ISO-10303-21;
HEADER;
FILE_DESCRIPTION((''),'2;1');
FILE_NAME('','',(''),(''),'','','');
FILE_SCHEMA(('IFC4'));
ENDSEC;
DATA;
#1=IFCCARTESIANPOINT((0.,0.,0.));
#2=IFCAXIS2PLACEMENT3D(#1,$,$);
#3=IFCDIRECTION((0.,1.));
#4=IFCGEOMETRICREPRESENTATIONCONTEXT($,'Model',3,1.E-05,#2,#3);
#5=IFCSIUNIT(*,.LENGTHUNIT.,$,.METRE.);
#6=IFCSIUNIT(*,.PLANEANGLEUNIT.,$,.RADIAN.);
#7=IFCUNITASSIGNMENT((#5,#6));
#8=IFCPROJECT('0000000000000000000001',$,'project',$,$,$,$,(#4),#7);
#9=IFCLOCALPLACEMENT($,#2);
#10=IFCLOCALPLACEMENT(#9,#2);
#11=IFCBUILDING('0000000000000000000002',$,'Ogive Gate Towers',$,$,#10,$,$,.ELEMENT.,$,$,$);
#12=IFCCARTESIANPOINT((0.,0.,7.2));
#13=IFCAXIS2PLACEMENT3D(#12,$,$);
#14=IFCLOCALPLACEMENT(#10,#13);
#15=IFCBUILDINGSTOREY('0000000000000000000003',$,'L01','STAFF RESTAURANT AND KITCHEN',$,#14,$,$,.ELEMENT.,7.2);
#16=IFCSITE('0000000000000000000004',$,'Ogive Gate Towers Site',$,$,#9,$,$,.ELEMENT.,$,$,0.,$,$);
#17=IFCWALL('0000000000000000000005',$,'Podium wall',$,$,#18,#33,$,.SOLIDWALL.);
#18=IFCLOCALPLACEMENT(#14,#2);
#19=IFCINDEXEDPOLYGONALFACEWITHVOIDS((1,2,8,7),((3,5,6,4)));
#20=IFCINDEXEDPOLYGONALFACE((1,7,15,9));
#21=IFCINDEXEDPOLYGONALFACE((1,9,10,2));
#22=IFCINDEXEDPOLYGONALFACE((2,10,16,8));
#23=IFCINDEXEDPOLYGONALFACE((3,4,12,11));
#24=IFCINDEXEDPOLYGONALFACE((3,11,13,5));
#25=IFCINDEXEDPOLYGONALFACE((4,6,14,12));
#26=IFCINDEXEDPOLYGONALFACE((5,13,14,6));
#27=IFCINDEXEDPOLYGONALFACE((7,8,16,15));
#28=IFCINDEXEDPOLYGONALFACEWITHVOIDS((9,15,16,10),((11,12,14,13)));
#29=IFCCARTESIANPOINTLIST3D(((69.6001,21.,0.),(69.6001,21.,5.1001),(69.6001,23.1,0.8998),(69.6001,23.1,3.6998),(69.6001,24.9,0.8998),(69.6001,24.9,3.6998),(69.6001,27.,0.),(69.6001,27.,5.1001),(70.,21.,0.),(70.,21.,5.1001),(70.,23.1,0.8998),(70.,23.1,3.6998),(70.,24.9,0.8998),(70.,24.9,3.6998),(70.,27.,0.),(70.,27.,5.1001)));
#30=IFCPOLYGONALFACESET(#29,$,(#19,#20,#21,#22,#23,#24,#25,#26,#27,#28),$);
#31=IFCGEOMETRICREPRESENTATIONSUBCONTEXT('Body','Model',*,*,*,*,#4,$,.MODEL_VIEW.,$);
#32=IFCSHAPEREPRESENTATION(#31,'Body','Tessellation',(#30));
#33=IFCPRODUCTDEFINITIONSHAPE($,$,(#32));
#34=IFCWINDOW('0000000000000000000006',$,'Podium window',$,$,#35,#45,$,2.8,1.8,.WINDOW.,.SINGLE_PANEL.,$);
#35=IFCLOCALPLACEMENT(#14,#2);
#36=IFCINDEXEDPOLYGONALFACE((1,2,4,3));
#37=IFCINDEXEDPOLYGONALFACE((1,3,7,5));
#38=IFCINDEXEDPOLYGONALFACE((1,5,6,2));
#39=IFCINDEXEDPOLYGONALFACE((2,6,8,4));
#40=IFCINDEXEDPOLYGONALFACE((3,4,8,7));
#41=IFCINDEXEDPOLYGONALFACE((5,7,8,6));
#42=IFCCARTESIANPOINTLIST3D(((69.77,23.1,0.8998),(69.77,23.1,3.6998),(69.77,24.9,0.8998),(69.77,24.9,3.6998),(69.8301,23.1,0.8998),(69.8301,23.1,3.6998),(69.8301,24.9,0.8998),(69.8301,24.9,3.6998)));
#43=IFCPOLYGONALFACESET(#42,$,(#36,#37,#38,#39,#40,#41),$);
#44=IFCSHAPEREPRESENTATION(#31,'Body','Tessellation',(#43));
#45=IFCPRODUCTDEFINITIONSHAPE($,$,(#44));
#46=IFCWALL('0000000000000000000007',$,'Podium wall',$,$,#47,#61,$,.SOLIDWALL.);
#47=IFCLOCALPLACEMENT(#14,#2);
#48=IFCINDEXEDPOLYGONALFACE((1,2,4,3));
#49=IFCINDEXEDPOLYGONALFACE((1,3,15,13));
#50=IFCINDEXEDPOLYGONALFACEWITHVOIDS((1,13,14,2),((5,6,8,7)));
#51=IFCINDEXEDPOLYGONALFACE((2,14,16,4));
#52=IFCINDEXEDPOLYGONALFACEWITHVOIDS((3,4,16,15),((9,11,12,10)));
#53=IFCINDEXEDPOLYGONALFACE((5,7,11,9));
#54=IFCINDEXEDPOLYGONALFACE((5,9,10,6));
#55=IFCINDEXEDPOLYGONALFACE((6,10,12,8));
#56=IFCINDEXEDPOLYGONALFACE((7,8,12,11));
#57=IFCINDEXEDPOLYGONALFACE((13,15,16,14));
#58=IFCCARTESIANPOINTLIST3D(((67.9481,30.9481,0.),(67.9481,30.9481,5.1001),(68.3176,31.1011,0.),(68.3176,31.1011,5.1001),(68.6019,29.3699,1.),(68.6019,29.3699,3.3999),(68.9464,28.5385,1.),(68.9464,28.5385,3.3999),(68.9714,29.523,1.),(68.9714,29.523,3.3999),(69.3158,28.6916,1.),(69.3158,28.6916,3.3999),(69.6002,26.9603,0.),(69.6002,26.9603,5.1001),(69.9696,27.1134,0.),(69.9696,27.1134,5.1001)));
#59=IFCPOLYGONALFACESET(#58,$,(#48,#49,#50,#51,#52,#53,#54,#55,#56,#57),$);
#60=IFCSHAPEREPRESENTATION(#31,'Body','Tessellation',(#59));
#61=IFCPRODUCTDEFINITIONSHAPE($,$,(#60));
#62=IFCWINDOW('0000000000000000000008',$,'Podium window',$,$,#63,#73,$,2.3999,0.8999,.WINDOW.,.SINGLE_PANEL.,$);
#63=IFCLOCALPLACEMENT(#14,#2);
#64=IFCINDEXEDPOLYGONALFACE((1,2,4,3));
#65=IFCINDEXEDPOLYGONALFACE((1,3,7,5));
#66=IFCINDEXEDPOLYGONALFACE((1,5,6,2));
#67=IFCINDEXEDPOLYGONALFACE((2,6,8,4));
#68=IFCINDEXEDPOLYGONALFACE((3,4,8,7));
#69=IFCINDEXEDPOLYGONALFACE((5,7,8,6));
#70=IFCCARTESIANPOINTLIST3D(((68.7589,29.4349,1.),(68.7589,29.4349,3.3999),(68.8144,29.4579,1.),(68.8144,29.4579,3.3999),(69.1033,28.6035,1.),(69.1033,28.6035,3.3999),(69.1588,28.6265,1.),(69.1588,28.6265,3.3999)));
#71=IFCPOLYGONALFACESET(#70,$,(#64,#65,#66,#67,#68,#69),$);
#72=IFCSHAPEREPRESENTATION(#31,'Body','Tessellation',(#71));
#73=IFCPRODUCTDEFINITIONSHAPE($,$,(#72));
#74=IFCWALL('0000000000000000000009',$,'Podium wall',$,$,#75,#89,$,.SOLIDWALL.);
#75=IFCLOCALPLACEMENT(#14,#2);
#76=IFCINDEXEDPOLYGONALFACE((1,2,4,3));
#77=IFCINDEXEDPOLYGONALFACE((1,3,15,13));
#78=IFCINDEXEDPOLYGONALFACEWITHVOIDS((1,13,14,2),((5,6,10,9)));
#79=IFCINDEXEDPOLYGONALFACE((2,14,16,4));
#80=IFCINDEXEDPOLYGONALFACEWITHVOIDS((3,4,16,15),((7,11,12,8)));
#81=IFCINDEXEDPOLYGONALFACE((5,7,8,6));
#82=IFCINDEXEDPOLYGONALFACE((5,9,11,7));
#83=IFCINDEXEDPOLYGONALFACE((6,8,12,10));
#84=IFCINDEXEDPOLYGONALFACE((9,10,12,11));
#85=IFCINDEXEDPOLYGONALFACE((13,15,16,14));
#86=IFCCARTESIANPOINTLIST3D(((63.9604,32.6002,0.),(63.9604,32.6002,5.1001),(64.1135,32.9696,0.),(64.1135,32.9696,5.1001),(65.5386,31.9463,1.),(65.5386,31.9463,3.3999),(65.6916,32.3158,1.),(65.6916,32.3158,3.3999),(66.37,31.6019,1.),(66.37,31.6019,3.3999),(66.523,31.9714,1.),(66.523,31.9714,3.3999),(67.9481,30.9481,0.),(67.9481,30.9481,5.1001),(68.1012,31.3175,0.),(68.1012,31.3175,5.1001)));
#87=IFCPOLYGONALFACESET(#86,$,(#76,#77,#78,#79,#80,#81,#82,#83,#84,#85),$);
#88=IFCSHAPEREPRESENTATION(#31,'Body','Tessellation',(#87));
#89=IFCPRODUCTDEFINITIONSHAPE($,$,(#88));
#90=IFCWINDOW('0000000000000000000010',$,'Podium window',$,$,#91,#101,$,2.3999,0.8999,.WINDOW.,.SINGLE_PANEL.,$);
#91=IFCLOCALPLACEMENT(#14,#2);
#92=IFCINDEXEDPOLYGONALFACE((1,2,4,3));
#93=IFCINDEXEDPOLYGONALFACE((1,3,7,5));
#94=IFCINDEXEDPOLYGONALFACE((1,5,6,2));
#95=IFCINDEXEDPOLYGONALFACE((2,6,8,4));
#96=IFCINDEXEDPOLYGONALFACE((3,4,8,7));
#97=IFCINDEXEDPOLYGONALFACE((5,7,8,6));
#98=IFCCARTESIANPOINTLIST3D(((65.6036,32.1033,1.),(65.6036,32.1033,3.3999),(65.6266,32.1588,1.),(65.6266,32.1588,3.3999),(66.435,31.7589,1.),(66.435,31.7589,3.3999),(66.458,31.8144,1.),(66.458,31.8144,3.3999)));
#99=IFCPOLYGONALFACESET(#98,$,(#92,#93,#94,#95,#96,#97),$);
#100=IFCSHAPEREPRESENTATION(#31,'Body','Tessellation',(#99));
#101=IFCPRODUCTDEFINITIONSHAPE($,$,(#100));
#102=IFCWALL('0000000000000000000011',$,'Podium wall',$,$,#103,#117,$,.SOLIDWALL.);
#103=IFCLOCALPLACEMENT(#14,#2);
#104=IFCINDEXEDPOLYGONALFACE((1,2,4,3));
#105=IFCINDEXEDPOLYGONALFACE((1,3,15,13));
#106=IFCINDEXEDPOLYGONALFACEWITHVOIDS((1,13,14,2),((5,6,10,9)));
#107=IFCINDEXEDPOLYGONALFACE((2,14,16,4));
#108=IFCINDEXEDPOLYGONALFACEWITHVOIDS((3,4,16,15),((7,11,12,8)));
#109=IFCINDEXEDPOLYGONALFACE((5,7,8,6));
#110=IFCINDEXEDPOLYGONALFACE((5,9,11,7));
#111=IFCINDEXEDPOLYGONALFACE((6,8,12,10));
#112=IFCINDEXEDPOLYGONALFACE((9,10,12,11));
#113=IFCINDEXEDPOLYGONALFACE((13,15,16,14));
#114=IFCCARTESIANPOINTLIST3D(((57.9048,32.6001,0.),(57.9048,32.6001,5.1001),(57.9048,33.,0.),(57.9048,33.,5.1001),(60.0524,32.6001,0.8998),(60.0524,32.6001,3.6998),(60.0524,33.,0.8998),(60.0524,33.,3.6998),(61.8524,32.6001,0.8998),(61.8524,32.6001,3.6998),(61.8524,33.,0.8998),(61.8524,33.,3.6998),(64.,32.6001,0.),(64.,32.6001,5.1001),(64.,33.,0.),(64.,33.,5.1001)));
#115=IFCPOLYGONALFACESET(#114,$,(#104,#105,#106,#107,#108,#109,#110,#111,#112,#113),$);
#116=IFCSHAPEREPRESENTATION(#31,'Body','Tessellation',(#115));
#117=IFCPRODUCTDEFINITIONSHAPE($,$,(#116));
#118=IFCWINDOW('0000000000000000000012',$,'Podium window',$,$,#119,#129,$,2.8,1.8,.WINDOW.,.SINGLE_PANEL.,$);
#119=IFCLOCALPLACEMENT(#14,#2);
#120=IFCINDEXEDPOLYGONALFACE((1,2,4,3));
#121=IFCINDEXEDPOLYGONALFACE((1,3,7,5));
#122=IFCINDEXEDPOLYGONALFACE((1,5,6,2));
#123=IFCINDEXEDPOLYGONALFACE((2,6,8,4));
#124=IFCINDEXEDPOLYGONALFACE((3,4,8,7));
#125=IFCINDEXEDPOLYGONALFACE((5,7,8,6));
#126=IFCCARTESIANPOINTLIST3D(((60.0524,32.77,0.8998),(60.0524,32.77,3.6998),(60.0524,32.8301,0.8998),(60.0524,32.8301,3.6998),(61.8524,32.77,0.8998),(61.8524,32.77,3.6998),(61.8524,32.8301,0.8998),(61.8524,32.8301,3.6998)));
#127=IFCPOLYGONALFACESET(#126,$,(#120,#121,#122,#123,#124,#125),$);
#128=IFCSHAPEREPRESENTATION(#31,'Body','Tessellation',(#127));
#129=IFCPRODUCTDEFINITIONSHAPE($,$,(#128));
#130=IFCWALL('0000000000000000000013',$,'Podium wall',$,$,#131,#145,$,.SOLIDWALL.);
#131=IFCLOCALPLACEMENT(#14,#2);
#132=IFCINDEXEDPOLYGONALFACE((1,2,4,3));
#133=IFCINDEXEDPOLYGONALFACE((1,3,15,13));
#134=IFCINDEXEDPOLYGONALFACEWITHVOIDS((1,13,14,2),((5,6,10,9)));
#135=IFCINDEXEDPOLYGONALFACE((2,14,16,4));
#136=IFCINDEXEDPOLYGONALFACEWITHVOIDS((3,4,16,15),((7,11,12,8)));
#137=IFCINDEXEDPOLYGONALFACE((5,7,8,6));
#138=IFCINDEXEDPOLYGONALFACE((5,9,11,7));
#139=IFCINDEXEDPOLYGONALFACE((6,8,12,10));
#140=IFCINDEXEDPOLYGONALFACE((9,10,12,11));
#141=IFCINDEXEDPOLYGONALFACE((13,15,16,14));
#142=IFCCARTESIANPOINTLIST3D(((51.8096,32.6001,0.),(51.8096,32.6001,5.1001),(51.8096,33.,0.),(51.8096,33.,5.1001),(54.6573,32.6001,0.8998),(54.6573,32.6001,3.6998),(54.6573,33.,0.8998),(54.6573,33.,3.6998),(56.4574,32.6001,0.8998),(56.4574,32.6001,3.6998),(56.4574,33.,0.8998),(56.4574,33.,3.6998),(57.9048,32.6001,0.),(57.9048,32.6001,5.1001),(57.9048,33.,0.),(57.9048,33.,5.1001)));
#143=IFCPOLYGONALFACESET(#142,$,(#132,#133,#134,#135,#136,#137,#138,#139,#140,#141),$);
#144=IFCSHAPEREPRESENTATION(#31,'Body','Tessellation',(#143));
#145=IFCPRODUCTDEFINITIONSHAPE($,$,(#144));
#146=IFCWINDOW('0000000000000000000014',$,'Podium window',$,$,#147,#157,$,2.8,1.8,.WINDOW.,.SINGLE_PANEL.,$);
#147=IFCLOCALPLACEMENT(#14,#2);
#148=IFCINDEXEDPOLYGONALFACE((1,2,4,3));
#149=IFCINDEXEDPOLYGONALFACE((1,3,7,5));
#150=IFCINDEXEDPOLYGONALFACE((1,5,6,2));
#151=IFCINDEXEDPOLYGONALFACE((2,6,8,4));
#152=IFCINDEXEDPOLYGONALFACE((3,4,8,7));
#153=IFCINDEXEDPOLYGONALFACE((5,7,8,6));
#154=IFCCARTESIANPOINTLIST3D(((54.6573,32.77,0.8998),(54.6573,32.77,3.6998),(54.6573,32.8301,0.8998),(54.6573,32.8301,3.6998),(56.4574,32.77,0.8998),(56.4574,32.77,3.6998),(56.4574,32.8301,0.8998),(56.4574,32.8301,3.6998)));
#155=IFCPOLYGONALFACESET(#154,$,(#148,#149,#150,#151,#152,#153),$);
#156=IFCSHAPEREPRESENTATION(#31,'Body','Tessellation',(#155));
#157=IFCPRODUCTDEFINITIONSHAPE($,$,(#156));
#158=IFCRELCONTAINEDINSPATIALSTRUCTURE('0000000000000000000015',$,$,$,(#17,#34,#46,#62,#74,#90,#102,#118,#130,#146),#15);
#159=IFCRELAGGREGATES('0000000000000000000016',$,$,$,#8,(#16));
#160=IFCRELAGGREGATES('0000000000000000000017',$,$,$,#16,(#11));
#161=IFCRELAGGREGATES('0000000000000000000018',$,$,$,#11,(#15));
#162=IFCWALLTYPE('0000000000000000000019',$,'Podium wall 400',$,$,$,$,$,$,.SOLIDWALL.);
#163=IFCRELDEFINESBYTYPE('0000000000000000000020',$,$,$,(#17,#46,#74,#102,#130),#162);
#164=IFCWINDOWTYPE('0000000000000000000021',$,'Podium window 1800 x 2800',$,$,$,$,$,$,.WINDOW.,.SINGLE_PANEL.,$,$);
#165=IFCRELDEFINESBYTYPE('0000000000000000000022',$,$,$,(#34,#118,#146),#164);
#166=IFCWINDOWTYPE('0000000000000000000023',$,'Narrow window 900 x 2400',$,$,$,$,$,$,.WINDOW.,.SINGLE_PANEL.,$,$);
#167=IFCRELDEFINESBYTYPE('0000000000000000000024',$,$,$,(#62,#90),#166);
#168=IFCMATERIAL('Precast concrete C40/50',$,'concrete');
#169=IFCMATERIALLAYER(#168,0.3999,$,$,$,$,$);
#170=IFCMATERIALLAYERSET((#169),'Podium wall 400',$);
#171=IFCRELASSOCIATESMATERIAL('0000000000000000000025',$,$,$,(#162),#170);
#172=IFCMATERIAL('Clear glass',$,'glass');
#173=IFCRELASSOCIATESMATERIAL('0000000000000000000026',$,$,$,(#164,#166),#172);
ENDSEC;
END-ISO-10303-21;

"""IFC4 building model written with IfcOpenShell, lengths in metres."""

from ifc_helpers import new_model, si_unit, direction, frame, frame_2d, origin, place, context, subcontext, project, spatial, rectangle, extrude, material, layer, layer_set, type_object, element, fill, save


model = new_model("IFC4")

# Units and contexts
model_context = context("Model", 3, precision=1e-05, world=origin(), true_north=direction((0.0, 1.0)))
body_context = subcontext(model_context, "Body", "Model", "MODEL_VIEW")
ifc_project = project(units=[si_unit("LENGTHUNIT", "METRE"), si_unit("PLANEANGLEUNIT", "RADIAN")], contexts=[model_context])

# Site, building, storey
site_placement = place(None, origin())
site = spatial("IfcSite", under=ifc_project, at=site_placement, Name="Ogive Gate Towers Site", CompositionType="ELEMENT", RefElevation=0.0)
building_placement = place(site_placement, origin())
building = spatial("IfcBuilding", under=site, at=building_placement, Name="Ogive Gate Towers", CompositionType="ELEMENT")
storey_placement = place(building_placement, frame((0.0, 0.0, 7.2)))
storey = spatial("IfcBuildingStorey", under=building, at=storey_placement, Name="L01", Description="STAFF RESTAURANT AND KITCHEN", CompositionType="ELEMENT", Elevation=7.2)

# Walls, openings, windows
ifc_material_1 = material(Name="Precast concrete C40/50", Category="concrete")
ifc_layer = layer(ifc_material_1, 0.3999)
ifc_layer_set = layer_set([ifc_layer], Name="Podium wall 400")
wall_type = type_object("IfcWallType", Name="Podium wall 400", PredefinedType="SOLIDWALL", material=ifc_layer_set)
wall_1_placement = place(storey_placement, frame((69.8, 21.0, 0.0), z_axis=(0.0, 0.0, 1.0), x_axis=(0.0, 1.0, 0.0)))
wall_1 = element("IfcWall", 1, at=wall_1_placement, inside=storey, type_object=wall_type, Name="Podium wall", PredefinedType="SOLIDWALL", context=body_context, shape_type="SweptSolid", body=[
    extrude(rectangle(XDim=6.0, YDim=0.3999, at=frame_2d((3.0, 0.0))), origin(), (0.0, 0.0, 1.0), 5.1001),
])
opening_1_placement = place(wall_1_placement, frame((2.1001, 0.0, 0.8999)))
opening_1 = element("IfcOpeningElement", 2, at=opening_1_placement, cuts=wall_1, PredefinedType="OPENING", context=body_context, shape_type="SweptSolid", body=[
    extrude(rectangle(XDim=1.8, YDim=2.8, at=frame_2d((0.8999, 1.3999))), frame((0.0, 0.21, 0.0), z_axis=(0.0, -1.0, 0.0), x_axis=(1.0, 0.0, 0.0)), (0.0, 0.0, 1.0), 0.4199),
])
ifc_material_2 = material(Name="Clear glass", Category="glass")
window_type_1 = type_object("IfcWindowType", Name="Podium window 1800 x 2800", PartitioningType="SINGLE_PANEL", PredefinedType="WINDOW", material=ifc_material_2)
window_1_placement = place(opening_1_placement, origin())
window_1 = element("IfcWindow", 3, at=window_1_placement, inside=storey, type_object=window_type_1, Name="Podium window", OverallHeight=2.8, OverallWidth=1.8, PartitioningType="SINGLE_PANEL", PredefinedType="WINDOW", context=body_context, shape_type="SweptSolid", body=[
    extrude(rectangle(XDim=1.8, YDim=2.8, at=frame_2d((0.8999, 1.3999))), frame((0.0, 0.03, 0.0), z_axis=(0.0, -1.0, 0.0), x_axis=(1.0, 0.0, 0.0)), (0.0, 0.0, 1.0), 0.0601),
])
fill(opening_1, window_1)
wall_2_placement = place(storey_placement, frame((69.7849, 27.0369, 0.0), z_axis=(0.0, 0.0, 1.0), x_axis=(-0.382743, 0.923855, 0.0)))
wall_2 = element("IfcWall", 4, at=wall_2_placement, inside=storey, type_object=wall_type, Name="Podium wall", PredefinedType="SOLIDWALL", context=body_context, shape_type="SweptSolid", body=[
    extrude(rectangle(XDim=4.3164, YDim=0.3999, at=frame_2d((2.1582, 0.0))), origin(), (0.0, 0.0, 1.0), 5.1001),
])
opening_2_placement = place(wall_2_placement, frame((1.7083, 0.0, 1.0)))
opening_2 = element("IfcOpeningElement", 5, at=opening_2_placement, cuts=wall_2, PredefinedType="OPENING", context=body_context, shape_type="SweptSolid", body=[
    extrude(rectangle(XDim=0.8999, YDim=2.3999, at=frame_2d((0.45, 1.2))), frame((0.0, 0.21, 0.0), z_axis=(0.0, -1.0, 0.0), x_axis=(1.0, 0.0, 0.0)), (0.0, 0.0, 1.0), 0.4199),
])
window_type_2 = type_object("IfcWindowType", Name="Narrow window 900 x 2400", PartitioningType="SINGLE_PANEL", PredefinedType="WINDOW", material=ifc_material_2)
window_2_placement = place(opening_2_placement, origin())
window_2 = element("IfcWindow", 6, at=window_2_placement, inside=storey, type_object=window_type_2, Name="Podium window", OverallHeight=2.3999, OverallWidth=0.8999, PartitioningType="SINGLE_PANEL", PredefinedType="WINDOW", context=body_context, shape_type="SweptSolid", body=[
    extrude(rectangle(XDim=0.8999, YDim=2.3999, at=frame_2d((0.45, 1.2))), frame((0.0, 0.03, 0.0), z_axis=(0.0, -1.0, 0.0), x_axis=(1.0, 0.0, 0.0)), (0.0, 0.0, 1.0), 0.0601),
])
fill(opening_2, window_2)
wall_3_placement = place(storey_placement, frame((68.0247, 31.1328, 0.0), z_axis=(0.0, 0.0, 1.0), x_axis=(-0.923855, 0.382743, 0.0)))
wall_3 = element("IfcWall", 7, at=wall_3_placement, inside=storey, type_object=wall_type, Name="Podium wall", PredefinedType="SOLIDWALL", context=body_context, shape_type="SweptSolid", body=[
    extrude(rectangle(XDim=4.3164, YDim=0.3999, at=frame_2d((2.1582, 0.0))), origin(), (0.0, 0.0, 1.0), 5.1001),
])
opening_3_placement = place(wall_3_placement, frame((1.7083, 0.0, 1.0)))
opening_3 = element("IfcOpeningElement", 8, at=opening_3_placement, cuts=wall_3, PredefinedType="OPENING", context=body_context, shape_type="SweptSolid", body=[
    extrude(rectangle(XDim=0.8999, YDim=2.3999, at=frame_2d((0.45, 1.2))), frame((0.0, 0.21, 0.0), z_axis=(0.0, -1.0, 0.0), x_axis=(1.0, 0.0, 0.0)), (0.0, 0.0, 1.0), 0.4199),
])
window_3_placement = place(opening_3_placement, origin())
window_3 = element("IfcWindow", 9, at=window_3_placement, inside=storey, type_object=window_type_2, Name="Podium window", OverallHeight=2.3999, OverallWidth=0.8999, PartitioningType="SINGLE_PANEL", PredefinedType="WINDOW", context=body_context, shape_type="SweptSolid", body=[
    extrude(rectangle(XDim=0.8999, YDim=2.3999, at=frame_2d((0.45, 1.2))), frame((0.0, 0.03, 0.0), z_axis=(0.0, -1.0, 0.0), x_axis=(1.0, 0.0, 0.0)), (0.0, 0.0, 1.0), 0.0601),
])
fill(opening_3, window_3)
wall_4_placement = place(storey_placement, frame((64.0, 32.8, 0.0), z_axis=(0.0, 0.0, 1.0), x_axis=(-1.0, 0.0, 0.0)))
wall_4 = element("IfcWall", 10, at=wall_4_placement, inside=storey, type_object=wall_type, Name="Podium wall", PredefinedType="SOLIDWALL", context=body_context, shape_type="SweptSolid", body=[
    extrude(rectangle(XDim=6.0952, YDim=0.3999, at=frame_2d((3.0476, 0.0))), origin(), (0.0, 0.0, 1.0), 5.1001),
])
opening_4_placement = place(wall_4_placement, frame((2.1477, 0.0, 0.8999)))
opening_4 = element("IfcOpeningElement", 11, at=opening_4_placement, cuts=wall_4, PredefinedType="OPENING", context=body_context, shape_type="SweptSolid", body=[
    extrude(rectangle(XDim=1.8, YDim=2.8, at=frame_2d((0.8999, 1.3999))), frame((0.0, 0.21, 0.0), z_axis=(0.0, -1.0, 0.0), x_axis=(1.0, 0.0, 0.0)), (0.0, 0.0, 1.0), 0.4199),
])
window_4_placement = place(opening_4_placement, origin())
window_4 = element("IfcWindow", 12, at=window_4_placement, inside=storey, type_object=window_type_1, Name="Podium window", OverallHeight=2.8, OverallWidth=1.8, PartitioningType="SINGLE_PANEL", PredefinedType="WINDOW", context=body_context, shape_type="SweptSolid", body=[
    extrude(rectangle(XDim=1.8, YDim=2.8, at=frame_2d((0.8999, 1.3999))), frame((0.0, 0.03, 0.0), z_axis=(0.0, -1.0, 0.0), x_axis=(1.0, 0.0, 0.0)), (0.0, 0.0, 1.0), 0.0601),
])
fill(opening_4, window_4)
wall_5_placement = place(storey_placement, frame((57.9048, 32.8, 0.0), z_axis=(0.0, 0.0, 1.0), x_axis=(-1.0, 0.0, 0.0)))
wall_5 = element("IfcWall", 13, at=wall_5_placement, inside=storey, type_object=wall_type, Name="Podium wall", PredefinedType="SOLIDWALL", context=body_context, shape_type="SweptSolid", body=[
    extrude(rectangle(XDim=6.0952, YDim=0.3999, at=frame_2d((3.0476, 0.0))), origin(), (0.0, 0.0, 1.0), 5.1001),
])
opening_5_placement = place(wall_5_placement, frame((1.4475, 0.0, 0.8999)))
opening_5 = element("IfcOpeningElement", 14, at=opening_5_placement, cuts=wall_5, PredefinedType="OPENING", context=body_context, shape_type="SweptSolid", body=[
    extrude(rectangle(XDim=1.8, YDim=2.8, at=frame_2d((0.8999, 1.3999))), frame((0.0, 0.21, 0.0), z_axis=(0.0, -1.0, 0.0), x_axis=(1.0, 0.0, 0.0)), (0.0, 0.0, 1.0), 0.4199),
])
window_5_placement = place(opening_5_placement, origin())
window_5 = element("IfcWindow", 15, at=window_5_placement, inside=storey, type_object=window_type_1, Name="Podium window", OverallHeight=2.8, OverallWidth=1.8, PartitioningType="SINGLE_PANEL", PredefinedType="WINDOW", context=body_context, shape_type="SweptSolid", body=[
    extrude(rectangle(XDim=1.8, YDim=2.8, at=frame_2d((0.8999, 1.3999))), frame((0.0, 0.03, 0.0), z_axis=(0.0, -1.0, 0.0), x_axis=(1.0, 0.0, 0.0)), (0.0, 0.0, 1.0), 0.0601),
])
fill(opening_5, window_5)

save(model, "model.ifc")
